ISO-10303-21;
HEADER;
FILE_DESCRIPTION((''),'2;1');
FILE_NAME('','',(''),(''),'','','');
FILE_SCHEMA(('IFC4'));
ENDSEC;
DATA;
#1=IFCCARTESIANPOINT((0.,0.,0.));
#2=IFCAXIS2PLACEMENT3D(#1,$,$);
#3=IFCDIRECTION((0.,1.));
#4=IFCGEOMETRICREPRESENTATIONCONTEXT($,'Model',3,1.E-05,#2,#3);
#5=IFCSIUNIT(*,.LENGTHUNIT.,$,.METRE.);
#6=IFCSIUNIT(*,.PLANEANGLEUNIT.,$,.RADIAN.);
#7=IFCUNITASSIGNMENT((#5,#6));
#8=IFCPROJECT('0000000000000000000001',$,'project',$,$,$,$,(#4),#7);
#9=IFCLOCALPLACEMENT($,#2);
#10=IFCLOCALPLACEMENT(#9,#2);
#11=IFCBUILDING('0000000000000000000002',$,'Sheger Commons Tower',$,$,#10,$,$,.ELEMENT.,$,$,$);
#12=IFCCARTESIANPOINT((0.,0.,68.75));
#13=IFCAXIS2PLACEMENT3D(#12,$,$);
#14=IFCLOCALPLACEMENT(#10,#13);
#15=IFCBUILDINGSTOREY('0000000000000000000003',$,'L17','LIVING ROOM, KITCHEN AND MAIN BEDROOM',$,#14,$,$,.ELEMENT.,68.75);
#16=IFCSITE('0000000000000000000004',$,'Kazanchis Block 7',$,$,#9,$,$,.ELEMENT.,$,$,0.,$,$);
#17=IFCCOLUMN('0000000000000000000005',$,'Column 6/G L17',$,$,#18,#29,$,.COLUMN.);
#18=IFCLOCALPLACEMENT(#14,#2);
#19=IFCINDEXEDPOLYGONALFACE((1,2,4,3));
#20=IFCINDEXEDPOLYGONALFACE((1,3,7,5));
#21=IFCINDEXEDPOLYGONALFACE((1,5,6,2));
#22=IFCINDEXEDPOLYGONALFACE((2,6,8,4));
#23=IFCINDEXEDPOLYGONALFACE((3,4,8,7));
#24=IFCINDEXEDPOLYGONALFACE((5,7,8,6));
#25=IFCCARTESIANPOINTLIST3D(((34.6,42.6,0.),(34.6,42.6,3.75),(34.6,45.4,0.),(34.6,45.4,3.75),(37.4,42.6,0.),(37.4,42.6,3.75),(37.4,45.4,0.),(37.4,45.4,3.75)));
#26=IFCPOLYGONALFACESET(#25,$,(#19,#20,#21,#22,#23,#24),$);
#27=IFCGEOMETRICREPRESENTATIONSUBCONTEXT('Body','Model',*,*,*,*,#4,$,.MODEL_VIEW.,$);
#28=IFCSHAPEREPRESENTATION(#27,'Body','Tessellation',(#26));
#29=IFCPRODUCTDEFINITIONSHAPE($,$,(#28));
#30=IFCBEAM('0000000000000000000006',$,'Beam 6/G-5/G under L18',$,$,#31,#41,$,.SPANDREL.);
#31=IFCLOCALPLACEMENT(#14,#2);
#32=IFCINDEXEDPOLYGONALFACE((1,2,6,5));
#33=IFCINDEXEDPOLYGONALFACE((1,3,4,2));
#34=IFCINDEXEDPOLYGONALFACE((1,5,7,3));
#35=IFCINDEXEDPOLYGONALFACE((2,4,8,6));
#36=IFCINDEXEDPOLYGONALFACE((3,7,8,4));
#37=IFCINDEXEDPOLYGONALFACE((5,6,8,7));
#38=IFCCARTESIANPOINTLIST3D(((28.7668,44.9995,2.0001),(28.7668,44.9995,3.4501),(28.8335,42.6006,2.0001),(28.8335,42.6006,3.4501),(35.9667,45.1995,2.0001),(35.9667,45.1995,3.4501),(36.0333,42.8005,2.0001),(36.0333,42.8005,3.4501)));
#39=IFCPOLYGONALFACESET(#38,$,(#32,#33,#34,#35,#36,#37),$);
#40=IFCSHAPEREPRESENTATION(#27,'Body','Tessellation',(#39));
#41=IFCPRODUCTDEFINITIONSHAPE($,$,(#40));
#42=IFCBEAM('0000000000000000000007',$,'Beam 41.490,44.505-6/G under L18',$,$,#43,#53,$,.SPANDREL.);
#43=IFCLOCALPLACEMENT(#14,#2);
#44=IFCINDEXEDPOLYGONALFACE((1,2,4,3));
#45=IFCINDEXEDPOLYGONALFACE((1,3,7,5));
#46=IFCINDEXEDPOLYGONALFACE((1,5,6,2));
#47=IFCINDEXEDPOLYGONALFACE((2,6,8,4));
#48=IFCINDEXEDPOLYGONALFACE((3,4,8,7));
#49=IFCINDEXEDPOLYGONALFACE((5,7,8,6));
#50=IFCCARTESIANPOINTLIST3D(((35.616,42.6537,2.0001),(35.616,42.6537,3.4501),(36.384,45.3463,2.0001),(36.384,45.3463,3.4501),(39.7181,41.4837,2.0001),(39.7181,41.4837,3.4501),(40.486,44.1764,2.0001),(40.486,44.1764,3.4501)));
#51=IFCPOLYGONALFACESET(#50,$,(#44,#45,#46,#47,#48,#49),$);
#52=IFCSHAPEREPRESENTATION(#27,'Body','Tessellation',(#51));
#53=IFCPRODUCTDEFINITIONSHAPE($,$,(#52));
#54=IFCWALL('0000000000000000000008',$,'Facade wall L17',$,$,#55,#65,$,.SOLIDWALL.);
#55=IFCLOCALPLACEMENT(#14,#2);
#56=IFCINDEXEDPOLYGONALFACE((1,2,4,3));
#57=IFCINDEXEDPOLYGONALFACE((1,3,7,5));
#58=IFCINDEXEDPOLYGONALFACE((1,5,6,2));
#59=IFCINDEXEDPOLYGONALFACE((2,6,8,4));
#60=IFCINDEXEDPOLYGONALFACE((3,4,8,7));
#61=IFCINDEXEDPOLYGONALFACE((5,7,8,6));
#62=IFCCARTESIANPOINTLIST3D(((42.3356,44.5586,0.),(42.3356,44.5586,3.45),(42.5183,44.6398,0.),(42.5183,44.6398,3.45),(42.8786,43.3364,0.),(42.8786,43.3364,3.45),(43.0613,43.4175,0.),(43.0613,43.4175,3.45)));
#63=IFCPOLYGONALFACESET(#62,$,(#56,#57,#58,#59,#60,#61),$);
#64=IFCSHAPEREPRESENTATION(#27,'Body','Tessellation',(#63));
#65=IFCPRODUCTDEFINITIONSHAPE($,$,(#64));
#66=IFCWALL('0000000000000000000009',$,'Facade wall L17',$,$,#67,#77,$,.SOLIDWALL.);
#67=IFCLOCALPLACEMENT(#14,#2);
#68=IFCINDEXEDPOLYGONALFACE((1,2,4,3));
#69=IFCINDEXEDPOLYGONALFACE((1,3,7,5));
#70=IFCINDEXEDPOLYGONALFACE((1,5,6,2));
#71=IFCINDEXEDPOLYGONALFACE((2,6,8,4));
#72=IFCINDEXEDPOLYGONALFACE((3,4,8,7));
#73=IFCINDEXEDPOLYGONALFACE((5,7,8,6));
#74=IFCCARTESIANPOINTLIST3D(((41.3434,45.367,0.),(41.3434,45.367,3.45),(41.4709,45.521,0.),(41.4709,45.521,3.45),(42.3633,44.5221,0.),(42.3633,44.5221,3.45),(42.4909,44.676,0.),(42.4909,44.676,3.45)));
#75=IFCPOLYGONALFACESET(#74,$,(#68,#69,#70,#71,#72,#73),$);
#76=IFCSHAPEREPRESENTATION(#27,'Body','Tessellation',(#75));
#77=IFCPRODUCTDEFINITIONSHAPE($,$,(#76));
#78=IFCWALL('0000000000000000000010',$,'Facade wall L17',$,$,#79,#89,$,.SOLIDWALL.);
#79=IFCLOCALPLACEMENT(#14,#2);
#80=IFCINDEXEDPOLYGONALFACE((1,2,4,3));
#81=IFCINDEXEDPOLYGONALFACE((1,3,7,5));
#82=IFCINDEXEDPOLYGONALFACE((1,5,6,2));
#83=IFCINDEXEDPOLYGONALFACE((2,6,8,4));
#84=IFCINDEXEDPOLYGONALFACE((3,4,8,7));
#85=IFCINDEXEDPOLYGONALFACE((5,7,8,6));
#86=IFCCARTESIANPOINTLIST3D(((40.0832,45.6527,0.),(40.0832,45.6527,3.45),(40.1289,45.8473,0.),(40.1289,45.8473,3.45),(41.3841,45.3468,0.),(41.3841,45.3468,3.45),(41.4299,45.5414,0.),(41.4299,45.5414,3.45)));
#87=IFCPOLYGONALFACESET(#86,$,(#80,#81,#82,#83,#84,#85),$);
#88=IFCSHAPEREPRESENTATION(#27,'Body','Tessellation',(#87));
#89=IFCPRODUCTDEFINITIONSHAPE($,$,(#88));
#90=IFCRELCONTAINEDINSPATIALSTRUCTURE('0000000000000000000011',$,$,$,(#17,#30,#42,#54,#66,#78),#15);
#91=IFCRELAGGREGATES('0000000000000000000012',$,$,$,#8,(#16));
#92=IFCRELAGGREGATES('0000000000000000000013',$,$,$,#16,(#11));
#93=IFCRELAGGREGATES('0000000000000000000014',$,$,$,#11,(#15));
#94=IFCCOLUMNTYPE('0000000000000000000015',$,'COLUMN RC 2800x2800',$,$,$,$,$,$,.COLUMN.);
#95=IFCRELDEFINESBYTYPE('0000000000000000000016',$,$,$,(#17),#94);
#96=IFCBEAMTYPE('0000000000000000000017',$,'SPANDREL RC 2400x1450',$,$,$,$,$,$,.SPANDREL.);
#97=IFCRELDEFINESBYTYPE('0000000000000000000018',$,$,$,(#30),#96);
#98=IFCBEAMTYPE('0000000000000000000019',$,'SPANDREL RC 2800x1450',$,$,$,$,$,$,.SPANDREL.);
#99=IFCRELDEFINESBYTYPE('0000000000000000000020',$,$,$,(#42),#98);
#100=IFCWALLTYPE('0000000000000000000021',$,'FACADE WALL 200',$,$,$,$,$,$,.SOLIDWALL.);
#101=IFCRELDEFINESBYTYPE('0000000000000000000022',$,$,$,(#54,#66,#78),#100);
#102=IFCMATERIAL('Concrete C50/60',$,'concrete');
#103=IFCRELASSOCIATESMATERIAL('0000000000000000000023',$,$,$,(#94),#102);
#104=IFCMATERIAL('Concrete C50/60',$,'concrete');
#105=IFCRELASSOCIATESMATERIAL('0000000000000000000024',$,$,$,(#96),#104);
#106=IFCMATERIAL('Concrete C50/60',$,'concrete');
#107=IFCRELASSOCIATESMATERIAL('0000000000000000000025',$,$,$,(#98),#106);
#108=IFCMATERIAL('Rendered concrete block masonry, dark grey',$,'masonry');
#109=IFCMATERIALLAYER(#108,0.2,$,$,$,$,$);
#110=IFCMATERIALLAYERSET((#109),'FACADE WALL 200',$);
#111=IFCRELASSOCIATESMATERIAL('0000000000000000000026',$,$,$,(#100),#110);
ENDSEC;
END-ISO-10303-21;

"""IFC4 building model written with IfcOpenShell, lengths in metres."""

from ifc_helpers import new_model, si_unit, direction, frame, frame_2d, origin, origin_2d, place, context, subcontext, project, spatial, rectangle, extrude, material, layer, layer_set, material_profile, profile_set, type_object, element, save


model = new_model("IFC4")

# Units and contexts
model_context = context("Model", 3, precision=1e-05, world=origin(), true_north=direction((0.0, 1.0)))
body_context = subcontext(model_context, "Body", "Model", "MODEL_VIEW")
ifc_project = project(units=[si_unit("LENGTHUNIT", "METRE"), si_unit("PLANEANGLEUNIT", "RADIAN")], contexts=[model_context])

# Site, building, storey
site_placement = place(None, origin())
site = spatial("IfcSite", under=ifc_project, at=site_placement, Name="Kazanchis Block 7", CompositionType="ELEMENT", RefElevation=0.0)
building_placement = place(site_placement, origin())
building = spatial("IfcBuilding", under=site, at=building_placement, Name="Sheger Commons Tower", CompositionType="ELEMENT")
storey_placement = place(building_placement, frame((0.0, 0.0, 68.75)))
storey = spatial("IfcBuildingStorey", under=building, at=storey_placement, Name="L17", Description="LIVING ROOM, KITCHEN AND MAIN BEDROOM", CompositionType="ELEMENT", Elevation=68.75)

# Column
ifc_material_1 = material(Name="Concrete C50/60", Category="concrete")
ifc_material_profile_1 = material_profile(ifc_material_1, rectangle(XDim=2.8, YDim=2.8, at=origin_2d()), Name="RC 2800x2800")
ifc_profile_set_1 = profile_set([ifc_material_profile_1], Name="Concrete C50/60")
column_type = type_object("IfcColumnType", Name="COLUMN RC 2800x2800", PredefinedType="COLUMN", material=ifc_profile_set_1)
column_placement = place(storey_placement, frame((36.0, 44.0, 0.0), z_axis=(0.0, 0.0, 1.0), x_axis=(1.0, 0.0, 0.0)))
element("IfcColumn", 1, at=column_placement, inside=storey, type_object=column_type, Name="Column 6/G L17", PredefinedType="COLUMN", context=body_context, shape_type="SweptSolid", body=[
    extrude(rectangle(XDim=2.8, YDim=2.8, at=origin_2d()), origin(), (0.0, 0.0, 1.0), 3.75),
])

# Beams
ifc_material_2 = material(Name="Concrete C50/60", Category="concrete")
ifc_material_profile_2 = material_profile(ifc_material_2, rectangle(XDim=2.3999, YDim=1.45, at=origin_2d()), Name="RC 2400x1450")
ifc_profile_set_2 = profile_set([ifc_material_profile_2], Name="Concrete C50/60")
beam_type_1 = type_object("IfcBeamType", Name="SPANDREL RC 2400x1450", PredefinedType="SPANDREL", material=ifc_profile_set_2)
beam_1_placement = place(storey_placement, frame((36.0, 44.0, 2.7251), z_axis=(-0.999615, -0.02776, 0.0), x_axis=(0.02776, -0.999615, 0.0)))
element("IfcBeam", 2, at=beam_1_placement, inside=storey, type_object=beam_type_1, Name="Beam 6/G-5/G under L18", PredefinedType="SPANDREL", context=body_context, shape_type="SweptSolid", body=[
    extrude(rectangle(XDim=2.3999, YDim=1.45, at=origin_2d()), origin(), (0.0, 0.0, 1.0), 7.2026),
])
ifc_material_3 = material(Name="Concrete C50/60", Category="concrete")
ifc_material_profile_3 = material_profile(ifc_material_3, rectangle(XDim=2.8, YDim=1.45, at=origin_2d()), Name="RC 2800x1450")
ifc_profile_set_3 = profile_set([ifc_material_profile_3], Name="Concrete C50/60")
beam_type_2 = type_object("IfcBeamType", Name="SPANDREL RC 2800x1450", PredefinedType="SPANDREL", material=ifc_profile_set_3)
beam_2_placement = place(storey_placement, frame((40.1021, 42.8301, 2.7251), z_axis=(-0.961653, 0.274268, 0.0), x_axis=(-0.274268, -0.961653, 0.0)))
element("IfcBeam", 3, at=beam_2_placement, inside=storey, type_object=beam_type_2, Name="Beam 41.490,44.505-6/G under L18", PredefinedType="SPANDREL", context=body_context, shape_type="SweptSolid", body=[
    extrude(rectangle(XDim=2.8, YDim=1.45, at=origin_2d()), origin(), (0.0, 0.0, 1.0), 4.2656),
])

# Walls
ifc_material_4 = material(Name="Rendered concrete block masonry, dark grey", Category="masonry")
ifc_layer_1 = layer(ifc_material_4, 0.2)
ifc_layer_set_1 = layer_set([ifc_layer_1], Name="FACADE WALL 200")
wall_type_1 = type_object("IfcWallType", Name="FACADE WALL 200", PredefinedType="SOLIDWALL", material=ifc_layer_set_1)
wall_1_placement = place(storey_placement, frame((42.97, 43.377, 0.0), z_axis=(0.0, 0.0, 1.0), x_axis=(-0.406003, 0.913872, 0.0)))
element("IfcWall", 4, at=wall_1_placement, inside=storey, type_object=wall_type_1, Name="Facade wall L17", PredefinedType="SOLIDWALL", context=body_context, shape_type="SweptSolid", body=[
    extrude(rectangle(XDim=1.3374, YDim=0.2, at=frame_2d((0.6687, 0.0))), origin(), (0.0, 0.0, 1.0), 3.45),
])
wall_2_placement = place(storey_placement, frame((42.427, 44.5991, 0.0), z_axis=(0.0, 0.0, 1.0), x_axis=(-0.770091, 0.637934, 0.0)))
element("IfcWall", 5, at=wall_2_placement, inside=storey, type_object=wall_type_1, Name="Facade wall L17", PredefinedType="SOLIDWALL", context=body_context, shape_type="SweptSolid", body=[
    extrude(rectangle(XDim=1.3245, YDim=0.2, at=frame_2d((0.6621, 0.0))), origin(), (0.0, 0.0, 1.0), 3.45),
])
wall_3_placement = place(storey_placement, frame((41.407, 45.4441, 0.0), z_axis=(0.0, 0.0, 1.0), x_axis=(-0.973453, 0.228887, 0.0)))
element("IfcWall", 6, at=wall_3_placement, inside=storey, type_object=wall_type_1, Name="Facade wall L17", PredefinedType="SOLIDWALL", context=body_context, shape_type="SweptSolid", body=[
    extrude(rectangle(XDim=1.3364, YDim=0.2, at=frame_2d((0.6682, 0.0))), origin(), (0.0, 0.0, 1.0), 3.45),
])

save(model, "model.ifc")
